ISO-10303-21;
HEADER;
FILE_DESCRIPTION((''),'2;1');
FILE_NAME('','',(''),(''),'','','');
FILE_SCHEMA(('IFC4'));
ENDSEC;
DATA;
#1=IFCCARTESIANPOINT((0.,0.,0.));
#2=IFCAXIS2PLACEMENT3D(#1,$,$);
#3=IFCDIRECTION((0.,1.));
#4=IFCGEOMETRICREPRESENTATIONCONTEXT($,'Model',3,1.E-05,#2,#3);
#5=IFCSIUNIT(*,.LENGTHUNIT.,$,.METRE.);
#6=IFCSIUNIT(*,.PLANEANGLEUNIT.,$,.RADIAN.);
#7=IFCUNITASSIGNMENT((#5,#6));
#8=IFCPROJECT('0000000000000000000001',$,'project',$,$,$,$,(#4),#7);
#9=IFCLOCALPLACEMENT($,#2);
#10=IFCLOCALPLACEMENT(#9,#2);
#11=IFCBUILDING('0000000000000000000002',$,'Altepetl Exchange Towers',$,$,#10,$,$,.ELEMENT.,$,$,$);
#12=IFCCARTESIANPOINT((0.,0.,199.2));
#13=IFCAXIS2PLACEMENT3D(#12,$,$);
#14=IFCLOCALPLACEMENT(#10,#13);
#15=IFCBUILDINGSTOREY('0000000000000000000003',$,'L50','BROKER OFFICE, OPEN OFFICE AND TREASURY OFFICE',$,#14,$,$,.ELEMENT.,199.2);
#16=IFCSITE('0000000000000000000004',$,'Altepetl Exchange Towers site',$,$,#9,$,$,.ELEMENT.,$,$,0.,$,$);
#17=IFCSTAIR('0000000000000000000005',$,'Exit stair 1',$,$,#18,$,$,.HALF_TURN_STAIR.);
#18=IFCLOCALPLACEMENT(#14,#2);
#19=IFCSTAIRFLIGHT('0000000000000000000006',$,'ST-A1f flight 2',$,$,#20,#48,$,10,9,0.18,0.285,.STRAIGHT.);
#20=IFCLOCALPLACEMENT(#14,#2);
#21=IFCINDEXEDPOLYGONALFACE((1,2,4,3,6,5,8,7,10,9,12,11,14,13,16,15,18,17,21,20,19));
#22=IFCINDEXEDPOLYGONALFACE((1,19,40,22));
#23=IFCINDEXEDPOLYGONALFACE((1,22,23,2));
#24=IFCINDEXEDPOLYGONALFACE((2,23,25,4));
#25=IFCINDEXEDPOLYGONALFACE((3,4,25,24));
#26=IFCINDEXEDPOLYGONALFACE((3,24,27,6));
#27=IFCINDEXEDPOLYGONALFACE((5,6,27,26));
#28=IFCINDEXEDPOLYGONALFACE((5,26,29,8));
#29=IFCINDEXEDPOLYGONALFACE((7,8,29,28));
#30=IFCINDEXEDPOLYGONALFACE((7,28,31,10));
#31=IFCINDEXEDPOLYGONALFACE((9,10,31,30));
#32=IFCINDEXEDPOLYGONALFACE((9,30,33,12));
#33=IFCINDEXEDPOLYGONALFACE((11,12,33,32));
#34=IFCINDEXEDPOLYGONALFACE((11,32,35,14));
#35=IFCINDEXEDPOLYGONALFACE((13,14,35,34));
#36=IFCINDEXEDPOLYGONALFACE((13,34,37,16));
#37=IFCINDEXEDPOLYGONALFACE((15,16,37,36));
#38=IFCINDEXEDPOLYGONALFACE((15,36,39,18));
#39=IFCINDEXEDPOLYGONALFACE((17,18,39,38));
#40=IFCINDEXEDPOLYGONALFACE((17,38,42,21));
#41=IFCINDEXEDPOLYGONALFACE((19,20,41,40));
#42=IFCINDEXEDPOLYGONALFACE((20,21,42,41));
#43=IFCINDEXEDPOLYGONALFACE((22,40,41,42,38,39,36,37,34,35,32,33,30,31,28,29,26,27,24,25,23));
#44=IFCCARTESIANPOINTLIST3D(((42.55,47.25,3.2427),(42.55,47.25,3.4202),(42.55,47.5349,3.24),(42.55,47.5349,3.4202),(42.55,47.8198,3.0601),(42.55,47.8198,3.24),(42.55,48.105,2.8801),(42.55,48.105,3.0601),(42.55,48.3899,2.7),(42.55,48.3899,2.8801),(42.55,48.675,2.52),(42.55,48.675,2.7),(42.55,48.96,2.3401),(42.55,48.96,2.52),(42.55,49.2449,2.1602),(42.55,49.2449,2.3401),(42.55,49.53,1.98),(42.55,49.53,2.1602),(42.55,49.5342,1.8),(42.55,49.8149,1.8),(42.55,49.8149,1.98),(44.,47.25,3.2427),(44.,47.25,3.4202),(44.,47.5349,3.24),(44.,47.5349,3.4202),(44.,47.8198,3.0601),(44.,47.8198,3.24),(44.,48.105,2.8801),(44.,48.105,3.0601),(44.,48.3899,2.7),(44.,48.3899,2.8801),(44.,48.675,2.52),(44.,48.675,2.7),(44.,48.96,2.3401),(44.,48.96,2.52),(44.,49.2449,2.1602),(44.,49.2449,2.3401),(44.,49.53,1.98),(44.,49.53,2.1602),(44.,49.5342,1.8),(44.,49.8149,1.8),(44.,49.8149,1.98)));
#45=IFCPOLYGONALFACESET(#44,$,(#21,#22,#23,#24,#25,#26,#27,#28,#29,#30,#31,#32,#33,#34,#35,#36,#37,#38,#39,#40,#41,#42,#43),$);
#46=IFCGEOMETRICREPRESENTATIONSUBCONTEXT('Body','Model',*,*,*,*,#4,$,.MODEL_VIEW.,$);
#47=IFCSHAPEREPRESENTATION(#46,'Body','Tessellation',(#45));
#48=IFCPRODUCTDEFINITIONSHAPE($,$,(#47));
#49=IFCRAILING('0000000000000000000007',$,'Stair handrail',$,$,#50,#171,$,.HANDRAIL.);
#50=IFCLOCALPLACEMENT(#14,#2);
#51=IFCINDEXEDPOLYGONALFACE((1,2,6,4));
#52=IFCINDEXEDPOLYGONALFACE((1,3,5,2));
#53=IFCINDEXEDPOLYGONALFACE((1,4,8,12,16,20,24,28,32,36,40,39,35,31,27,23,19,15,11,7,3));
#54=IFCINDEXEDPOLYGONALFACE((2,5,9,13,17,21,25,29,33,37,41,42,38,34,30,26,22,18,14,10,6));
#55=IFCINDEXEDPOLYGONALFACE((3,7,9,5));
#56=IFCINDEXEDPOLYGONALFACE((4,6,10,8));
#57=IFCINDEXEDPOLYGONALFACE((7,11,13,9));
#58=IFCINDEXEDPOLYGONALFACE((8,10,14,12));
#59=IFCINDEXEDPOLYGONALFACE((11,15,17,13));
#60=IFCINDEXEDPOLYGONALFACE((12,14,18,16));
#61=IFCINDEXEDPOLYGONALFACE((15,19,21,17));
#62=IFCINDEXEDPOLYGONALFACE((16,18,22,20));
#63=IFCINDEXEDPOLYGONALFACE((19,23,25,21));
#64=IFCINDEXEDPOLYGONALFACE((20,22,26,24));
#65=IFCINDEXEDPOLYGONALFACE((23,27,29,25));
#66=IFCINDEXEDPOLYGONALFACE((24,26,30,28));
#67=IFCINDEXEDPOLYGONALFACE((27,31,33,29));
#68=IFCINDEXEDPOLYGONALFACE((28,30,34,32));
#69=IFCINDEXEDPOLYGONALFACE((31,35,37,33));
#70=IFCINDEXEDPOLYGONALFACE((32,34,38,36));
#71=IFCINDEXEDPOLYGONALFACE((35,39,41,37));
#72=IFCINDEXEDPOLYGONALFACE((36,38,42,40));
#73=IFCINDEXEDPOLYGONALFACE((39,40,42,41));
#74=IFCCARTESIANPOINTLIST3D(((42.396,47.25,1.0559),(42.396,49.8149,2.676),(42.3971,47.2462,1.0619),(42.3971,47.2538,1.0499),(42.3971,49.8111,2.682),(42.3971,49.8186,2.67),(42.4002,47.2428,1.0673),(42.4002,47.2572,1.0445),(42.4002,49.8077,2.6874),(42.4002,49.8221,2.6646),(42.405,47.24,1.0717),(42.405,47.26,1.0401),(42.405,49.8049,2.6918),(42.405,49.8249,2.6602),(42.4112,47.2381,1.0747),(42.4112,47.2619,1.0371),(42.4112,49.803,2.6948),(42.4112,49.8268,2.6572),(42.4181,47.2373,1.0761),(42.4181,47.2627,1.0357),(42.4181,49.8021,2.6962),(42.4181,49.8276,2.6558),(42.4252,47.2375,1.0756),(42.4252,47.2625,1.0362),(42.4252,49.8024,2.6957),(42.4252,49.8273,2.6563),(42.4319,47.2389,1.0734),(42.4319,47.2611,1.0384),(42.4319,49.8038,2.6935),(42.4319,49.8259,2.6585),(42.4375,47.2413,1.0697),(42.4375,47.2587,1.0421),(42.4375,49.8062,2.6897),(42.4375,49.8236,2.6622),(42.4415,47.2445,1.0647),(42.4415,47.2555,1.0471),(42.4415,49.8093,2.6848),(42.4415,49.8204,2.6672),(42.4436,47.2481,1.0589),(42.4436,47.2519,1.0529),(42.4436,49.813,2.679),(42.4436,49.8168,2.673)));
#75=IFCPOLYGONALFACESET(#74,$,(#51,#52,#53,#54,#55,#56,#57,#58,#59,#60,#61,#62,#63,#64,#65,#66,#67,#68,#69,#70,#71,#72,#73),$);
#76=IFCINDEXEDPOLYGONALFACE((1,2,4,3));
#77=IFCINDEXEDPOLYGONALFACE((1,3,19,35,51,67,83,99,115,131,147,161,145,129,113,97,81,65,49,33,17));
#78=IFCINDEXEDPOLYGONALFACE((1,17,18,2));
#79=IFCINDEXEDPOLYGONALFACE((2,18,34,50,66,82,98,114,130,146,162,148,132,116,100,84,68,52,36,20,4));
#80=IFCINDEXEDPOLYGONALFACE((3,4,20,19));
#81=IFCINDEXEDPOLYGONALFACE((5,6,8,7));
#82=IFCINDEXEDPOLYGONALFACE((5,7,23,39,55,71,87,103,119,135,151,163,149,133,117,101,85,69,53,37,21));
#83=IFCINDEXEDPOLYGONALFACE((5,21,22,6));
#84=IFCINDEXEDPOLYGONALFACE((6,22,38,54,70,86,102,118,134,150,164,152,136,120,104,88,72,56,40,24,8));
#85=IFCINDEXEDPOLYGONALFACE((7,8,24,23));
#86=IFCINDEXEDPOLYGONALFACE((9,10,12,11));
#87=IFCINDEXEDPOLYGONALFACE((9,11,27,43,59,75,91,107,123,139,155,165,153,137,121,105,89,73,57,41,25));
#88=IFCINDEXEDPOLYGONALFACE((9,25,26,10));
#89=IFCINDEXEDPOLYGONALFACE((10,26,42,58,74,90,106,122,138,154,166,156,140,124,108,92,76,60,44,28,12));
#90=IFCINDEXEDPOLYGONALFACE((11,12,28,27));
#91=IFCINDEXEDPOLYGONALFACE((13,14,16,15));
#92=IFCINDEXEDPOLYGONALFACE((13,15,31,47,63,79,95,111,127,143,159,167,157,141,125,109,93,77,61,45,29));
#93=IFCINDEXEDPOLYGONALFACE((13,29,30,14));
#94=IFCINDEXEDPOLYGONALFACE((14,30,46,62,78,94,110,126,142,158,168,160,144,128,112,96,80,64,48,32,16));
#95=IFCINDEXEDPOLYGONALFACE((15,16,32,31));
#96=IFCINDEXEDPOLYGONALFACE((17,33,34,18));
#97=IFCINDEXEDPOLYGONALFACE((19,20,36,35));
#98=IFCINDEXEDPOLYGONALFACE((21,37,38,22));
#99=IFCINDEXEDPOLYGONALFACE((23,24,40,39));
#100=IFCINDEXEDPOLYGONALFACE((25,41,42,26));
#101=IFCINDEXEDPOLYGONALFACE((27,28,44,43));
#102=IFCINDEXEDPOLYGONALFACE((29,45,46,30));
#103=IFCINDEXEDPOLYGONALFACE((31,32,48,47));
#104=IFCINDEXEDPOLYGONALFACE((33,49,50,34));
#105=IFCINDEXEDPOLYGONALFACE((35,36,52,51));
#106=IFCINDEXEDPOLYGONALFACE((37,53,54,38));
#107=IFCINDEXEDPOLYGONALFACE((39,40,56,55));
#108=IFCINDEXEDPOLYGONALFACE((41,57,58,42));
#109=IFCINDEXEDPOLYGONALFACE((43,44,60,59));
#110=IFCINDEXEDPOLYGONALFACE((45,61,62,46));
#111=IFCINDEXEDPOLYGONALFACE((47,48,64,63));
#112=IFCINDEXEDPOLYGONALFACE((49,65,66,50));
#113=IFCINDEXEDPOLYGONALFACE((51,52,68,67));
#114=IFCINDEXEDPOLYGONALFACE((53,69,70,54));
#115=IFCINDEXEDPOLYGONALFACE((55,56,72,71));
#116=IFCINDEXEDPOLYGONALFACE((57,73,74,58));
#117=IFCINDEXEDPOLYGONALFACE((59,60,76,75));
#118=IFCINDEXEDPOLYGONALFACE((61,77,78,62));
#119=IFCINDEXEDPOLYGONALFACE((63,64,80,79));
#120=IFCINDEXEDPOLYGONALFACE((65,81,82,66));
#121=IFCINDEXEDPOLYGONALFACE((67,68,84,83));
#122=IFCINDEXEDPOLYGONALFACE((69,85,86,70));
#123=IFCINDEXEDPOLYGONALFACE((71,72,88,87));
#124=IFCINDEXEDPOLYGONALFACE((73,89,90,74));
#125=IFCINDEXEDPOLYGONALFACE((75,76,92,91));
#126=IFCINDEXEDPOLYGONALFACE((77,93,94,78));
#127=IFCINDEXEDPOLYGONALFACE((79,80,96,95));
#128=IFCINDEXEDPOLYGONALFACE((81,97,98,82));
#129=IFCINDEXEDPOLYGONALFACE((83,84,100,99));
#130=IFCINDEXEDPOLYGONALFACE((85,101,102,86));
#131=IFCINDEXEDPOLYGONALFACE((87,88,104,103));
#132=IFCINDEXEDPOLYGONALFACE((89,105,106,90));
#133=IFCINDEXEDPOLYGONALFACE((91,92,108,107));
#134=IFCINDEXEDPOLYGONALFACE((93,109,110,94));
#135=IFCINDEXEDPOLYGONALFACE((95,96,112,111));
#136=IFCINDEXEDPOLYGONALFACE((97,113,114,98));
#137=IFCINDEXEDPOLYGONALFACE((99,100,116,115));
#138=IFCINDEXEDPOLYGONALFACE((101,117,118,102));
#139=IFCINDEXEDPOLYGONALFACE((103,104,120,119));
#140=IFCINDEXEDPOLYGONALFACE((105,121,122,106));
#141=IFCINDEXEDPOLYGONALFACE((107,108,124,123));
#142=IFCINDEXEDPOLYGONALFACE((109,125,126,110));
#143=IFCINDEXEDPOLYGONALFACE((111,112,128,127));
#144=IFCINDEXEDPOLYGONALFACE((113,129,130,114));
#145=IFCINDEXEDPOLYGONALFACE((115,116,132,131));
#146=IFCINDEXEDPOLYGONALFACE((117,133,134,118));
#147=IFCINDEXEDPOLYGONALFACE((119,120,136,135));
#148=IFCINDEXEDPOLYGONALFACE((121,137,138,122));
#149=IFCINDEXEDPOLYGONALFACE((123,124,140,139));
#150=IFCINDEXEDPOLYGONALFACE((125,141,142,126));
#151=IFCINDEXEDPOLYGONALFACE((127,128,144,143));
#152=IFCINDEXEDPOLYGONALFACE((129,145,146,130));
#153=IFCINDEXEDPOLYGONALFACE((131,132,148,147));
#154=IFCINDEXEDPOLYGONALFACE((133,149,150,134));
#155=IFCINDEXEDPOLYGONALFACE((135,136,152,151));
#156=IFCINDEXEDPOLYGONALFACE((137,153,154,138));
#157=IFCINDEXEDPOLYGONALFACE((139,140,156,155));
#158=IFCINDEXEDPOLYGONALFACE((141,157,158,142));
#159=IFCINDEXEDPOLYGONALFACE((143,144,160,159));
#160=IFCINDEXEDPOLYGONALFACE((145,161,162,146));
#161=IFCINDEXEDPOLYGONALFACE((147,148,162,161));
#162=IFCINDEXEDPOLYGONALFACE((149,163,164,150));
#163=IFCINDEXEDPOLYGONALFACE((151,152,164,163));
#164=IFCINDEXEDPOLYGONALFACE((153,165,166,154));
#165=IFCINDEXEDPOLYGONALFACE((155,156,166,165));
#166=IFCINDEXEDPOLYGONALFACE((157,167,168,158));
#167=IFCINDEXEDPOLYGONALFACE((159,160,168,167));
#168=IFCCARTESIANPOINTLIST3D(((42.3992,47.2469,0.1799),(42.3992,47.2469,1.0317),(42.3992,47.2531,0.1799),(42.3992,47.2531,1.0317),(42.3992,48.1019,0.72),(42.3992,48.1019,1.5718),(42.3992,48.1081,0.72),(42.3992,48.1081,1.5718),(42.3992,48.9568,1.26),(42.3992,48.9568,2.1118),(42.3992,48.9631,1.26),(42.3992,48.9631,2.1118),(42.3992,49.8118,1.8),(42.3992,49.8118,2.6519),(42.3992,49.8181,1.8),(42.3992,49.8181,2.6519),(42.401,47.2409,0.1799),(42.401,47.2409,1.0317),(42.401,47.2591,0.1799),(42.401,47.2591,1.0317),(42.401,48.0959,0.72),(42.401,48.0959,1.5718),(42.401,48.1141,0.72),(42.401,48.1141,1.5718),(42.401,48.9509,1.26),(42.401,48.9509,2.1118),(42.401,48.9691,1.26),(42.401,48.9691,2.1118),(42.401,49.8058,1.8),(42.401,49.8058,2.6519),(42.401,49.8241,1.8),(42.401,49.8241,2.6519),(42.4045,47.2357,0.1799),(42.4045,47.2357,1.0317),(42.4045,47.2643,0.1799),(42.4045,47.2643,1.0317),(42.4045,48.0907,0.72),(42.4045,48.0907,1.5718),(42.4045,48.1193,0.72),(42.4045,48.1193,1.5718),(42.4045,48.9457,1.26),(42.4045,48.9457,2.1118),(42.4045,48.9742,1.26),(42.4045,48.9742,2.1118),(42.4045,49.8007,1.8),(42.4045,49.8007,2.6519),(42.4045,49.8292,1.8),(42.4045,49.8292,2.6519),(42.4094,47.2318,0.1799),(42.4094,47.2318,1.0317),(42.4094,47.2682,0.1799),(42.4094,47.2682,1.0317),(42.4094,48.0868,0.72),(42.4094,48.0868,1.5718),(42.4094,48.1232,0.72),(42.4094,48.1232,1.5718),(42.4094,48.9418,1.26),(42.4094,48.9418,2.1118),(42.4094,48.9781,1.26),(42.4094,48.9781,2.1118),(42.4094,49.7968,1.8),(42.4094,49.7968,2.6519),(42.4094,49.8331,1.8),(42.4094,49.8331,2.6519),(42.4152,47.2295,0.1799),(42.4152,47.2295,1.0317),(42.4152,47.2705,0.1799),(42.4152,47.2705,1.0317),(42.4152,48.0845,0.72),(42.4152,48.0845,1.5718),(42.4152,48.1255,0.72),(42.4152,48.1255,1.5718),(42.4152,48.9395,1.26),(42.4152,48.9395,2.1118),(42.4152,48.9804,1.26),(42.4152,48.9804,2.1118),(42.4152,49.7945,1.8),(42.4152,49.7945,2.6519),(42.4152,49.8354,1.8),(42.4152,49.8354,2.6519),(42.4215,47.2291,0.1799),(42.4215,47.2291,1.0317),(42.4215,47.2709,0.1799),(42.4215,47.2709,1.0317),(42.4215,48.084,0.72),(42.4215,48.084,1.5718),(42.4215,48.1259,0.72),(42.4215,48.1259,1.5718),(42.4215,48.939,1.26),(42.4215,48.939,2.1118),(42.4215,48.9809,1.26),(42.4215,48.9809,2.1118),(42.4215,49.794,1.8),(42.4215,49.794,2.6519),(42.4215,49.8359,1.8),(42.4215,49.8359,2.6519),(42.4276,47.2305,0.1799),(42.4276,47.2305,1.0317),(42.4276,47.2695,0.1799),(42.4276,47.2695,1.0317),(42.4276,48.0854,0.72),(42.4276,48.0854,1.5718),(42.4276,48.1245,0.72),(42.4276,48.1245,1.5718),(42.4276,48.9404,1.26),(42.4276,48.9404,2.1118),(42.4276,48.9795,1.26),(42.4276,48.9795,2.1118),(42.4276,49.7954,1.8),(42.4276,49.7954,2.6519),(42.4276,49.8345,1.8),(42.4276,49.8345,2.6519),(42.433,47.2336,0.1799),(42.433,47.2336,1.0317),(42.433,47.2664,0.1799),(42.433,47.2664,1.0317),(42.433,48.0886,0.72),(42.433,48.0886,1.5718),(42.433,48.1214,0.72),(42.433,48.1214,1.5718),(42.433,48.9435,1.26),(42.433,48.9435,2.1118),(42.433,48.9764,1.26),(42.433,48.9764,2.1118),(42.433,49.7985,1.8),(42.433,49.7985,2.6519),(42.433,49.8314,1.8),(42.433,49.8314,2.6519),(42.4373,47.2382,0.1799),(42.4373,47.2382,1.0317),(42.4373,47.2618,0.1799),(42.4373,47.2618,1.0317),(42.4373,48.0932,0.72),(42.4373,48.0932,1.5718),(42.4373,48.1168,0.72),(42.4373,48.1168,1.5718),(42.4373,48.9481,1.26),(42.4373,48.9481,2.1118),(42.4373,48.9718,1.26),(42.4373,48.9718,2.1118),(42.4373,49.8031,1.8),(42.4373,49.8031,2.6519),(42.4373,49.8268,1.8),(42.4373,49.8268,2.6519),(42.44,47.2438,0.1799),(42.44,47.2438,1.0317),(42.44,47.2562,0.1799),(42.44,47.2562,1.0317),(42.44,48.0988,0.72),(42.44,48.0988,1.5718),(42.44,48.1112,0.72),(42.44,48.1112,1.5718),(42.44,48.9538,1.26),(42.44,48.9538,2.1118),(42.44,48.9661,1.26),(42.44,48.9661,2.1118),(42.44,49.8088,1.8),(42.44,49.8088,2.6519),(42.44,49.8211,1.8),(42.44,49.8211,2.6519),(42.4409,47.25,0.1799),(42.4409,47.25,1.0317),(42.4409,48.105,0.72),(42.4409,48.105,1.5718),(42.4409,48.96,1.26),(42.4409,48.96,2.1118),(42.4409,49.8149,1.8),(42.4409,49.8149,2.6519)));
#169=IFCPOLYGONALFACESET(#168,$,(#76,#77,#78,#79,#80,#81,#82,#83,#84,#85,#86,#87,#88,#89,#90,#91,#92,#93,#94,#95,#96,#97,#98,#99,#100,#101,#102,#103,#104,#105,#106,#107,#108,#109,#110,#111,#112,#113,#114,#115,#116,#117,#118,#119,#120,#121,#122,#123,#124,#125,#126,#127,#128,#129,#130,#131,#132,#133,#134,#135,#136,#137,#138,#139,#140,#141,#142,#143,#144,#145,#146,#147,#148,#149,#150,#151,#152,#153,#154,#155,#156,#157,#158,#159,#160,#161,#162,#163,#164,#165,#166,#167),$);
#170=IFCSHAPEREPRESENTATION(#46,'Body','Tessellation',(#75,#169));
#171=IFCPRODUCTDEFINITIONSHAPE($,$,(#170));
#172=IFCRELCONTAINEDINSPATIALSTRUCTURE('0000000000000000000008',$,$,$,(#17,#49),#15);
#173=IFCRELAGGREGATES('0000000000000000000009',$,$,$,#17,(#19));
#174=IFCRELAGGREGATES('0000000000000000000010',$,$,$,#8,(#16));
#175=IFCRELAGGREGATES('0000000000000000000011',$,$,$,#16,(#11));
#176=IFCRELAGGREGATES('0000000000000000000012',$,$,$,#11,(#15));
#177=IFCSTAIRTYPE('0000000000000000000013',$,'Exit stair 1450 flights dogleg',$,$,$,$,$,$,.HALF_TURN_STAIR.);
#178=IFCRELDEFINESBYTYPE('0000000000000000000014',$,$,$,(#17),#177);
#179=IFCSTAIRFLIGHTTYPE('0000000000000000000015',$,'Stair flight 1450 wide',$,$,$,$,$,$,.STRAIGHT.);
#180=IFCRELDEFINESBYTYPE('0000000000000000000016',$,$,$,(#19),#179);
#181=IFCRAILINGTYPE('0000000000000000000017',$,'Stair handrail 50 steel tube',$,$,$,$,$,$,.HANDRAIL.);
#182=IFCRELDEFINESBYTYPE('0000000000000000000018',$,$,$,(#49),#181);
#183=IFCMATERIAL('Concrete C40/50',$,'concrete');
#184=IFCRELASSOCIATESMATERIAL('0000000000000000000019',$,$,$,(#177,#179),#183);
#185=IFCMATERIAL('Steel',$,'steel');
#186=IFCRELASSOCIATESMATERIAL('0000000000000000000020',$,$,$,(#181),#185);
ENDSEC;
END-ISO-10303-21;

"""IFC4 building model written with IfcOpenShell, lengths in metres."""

from ifc_helpers import new_model, si_unit, direction, frame, origin, origin_2d, place, context, subcontext, project, spatial, polyline, circle, outline, extrude, source, transform, mapped, material, type_object, element, aggregate, save


model = new_model("IFC4")

# Units and contexts
model_context = context("Model", 3, precision=1e-05, world=origin(), true_north=direction((0.0, 1.0)))
body_context = subcontext(model_context, "Body", "Model", "MODEL_VIEW")
ifc_project = project(units=[si_unit("LENGTHUNIT", "METRE"), si_unit("PLANEANGLEUNIT", "RADIAN")], contexts=[model_context])

# Site, building, storey
site_placement = place(None, origin())
site = spatial("IfcSite", under=ifc_project, at=site_placement, Name="Altepetl Exchange Towers site", CompositionType="ELEMENT", RefElevation=0.0)
building_placement = place(site_placement, origin())
building = spatial("IfcBuilding", under=site, at=building_placement, Name="Altepetl Exchange Towers", CompositionType="ELEMENT")
storey_placement = place(building_placement, frame((0.0, 0.0, 199.2)))
storey = spatial("IfcBuildingStorey", under=building, at=storey_placement, Name="L50", Description="BROKER OFFICE, OPEN OFFICE AND TREASURY OFFICE", CompositionType="ELEMENT", Elevation=199.2)

# Shared definitions
ifc_material_1 = material(Name="Concrete C40/50", Category="concrete")

# Stair, stair flight
stair_type = type_object("IfcStairType", Name="Exit stair 1450 flights dogleg", PredefinedType="HALF_TURN_STAIR", material=ifc_material_1)
stair_placement = place(storey_placement, origin())
stair = element("IfcStair", 1, at=stair_placement, inside=storey, type_object=stair_type, Name="Exit stair 1", PredefinedType="HALF_TURN_STAIR")
stair_flight_type = type_object("IfcStairFlightType", Name="Stair flight 1450 wide", PredefinedType="STRAIGHT", material=ifc_material_1)
stair_flight_1_placement = place(storey_placement, frame((43.2749, 49.8149, 1.8), z_axis=(0.0, 0.0, 1.0), x_axis=(0.0, -1.0, 0.0)))
stair_flight_1 = element("IfcStairFlight", 2, at=stair_flight_1_placement, type_object=stair_flight_type, Name="ST-A1f flight 2", NumberOfRisers=10, NumberOfTreads=9, PredefinedType="STRAIGHT", RiserHeight=0.18, TreadLength=0.285, context=body_context, shape_type="SweptSolid", body=[
    extrude(outline(polyline([(0.0, 0.0), (0.0, 0.1799), (0.2849, 0.1799), (0.2849, 0.3601), (0.5701, 0.3601), (0.5701, 0.54), (0.855, 0.54), (0.855, 0.72), (1.1399, 0.72), (1.1399, 0.8999), (1.425, 0.8999), (1.425, 1.0801), (1.71, 1.0801), (1.71, 1.26), (1.9951, 1.26), (1.9951, 1.4399), (2.28, 1.4399), (2.28, 1.6201), (2.5649, 1.6201), (2.5649, 1.8), (2.5649, 1.4426), (0.2808, 0.0), (0.0, 0.0)])), frame((0.0, 0.7251, 0.0), z_axis=(0.0, -1.0, 0.0), x_axis=(1.0, 0.0, 0.0)), (0.0, 0.0, 1.0), 1.45),
])
aggregate(stair, [stair_flight_1])

# Railing
ifc_material_2 = material(Name="Steel", Category="steel")
railing_type = type_object("IfcRailingType", Name="Stair handrail 50 steel tube", PredefinedType="HANDRAIL", material=ifc_material_2)
shared_shape = source(origin(), body_context, "Body", "SweptSolid", [
    extrude(circle(Radius=0.021, at=origin_2d()), origin(), (0.0, 0.0, 1.0), 0.8518),
])
railing_1_placement = place(storey_placement, frame((42.4199, 47.25, 0.1799)))
element("IfcRailing", 3, at=railing_1_placement, inside=storey, type_object=railing_type, Name="Stair handrail", PredefinedType="HANDRAIL", context=body_context, shape_type="SweptSolid", body=[
    extrude(circle(Radius=0.0239, at=origin_2d()), frame((0.0, 0.0, 0.876), z_axis=(0.0, 0.845466, 0.534029), x_axis=(-1.0, 0.0, 0.0)), (0.0, 0.0, 1.0), 3.0337),
    mapped(shared_shape, transform((0.0, 0.0, 0.0))),
    mapped(shared_shape, transform((0.0, 0.855, 0.54))),
    mapped(shared_shape, transform((0.0, 1.71, 1.0801))),
    mapped(shared_shape, transform((0.0, 2.5649, 1.6201))),
])

save(model, "model.ifc")
